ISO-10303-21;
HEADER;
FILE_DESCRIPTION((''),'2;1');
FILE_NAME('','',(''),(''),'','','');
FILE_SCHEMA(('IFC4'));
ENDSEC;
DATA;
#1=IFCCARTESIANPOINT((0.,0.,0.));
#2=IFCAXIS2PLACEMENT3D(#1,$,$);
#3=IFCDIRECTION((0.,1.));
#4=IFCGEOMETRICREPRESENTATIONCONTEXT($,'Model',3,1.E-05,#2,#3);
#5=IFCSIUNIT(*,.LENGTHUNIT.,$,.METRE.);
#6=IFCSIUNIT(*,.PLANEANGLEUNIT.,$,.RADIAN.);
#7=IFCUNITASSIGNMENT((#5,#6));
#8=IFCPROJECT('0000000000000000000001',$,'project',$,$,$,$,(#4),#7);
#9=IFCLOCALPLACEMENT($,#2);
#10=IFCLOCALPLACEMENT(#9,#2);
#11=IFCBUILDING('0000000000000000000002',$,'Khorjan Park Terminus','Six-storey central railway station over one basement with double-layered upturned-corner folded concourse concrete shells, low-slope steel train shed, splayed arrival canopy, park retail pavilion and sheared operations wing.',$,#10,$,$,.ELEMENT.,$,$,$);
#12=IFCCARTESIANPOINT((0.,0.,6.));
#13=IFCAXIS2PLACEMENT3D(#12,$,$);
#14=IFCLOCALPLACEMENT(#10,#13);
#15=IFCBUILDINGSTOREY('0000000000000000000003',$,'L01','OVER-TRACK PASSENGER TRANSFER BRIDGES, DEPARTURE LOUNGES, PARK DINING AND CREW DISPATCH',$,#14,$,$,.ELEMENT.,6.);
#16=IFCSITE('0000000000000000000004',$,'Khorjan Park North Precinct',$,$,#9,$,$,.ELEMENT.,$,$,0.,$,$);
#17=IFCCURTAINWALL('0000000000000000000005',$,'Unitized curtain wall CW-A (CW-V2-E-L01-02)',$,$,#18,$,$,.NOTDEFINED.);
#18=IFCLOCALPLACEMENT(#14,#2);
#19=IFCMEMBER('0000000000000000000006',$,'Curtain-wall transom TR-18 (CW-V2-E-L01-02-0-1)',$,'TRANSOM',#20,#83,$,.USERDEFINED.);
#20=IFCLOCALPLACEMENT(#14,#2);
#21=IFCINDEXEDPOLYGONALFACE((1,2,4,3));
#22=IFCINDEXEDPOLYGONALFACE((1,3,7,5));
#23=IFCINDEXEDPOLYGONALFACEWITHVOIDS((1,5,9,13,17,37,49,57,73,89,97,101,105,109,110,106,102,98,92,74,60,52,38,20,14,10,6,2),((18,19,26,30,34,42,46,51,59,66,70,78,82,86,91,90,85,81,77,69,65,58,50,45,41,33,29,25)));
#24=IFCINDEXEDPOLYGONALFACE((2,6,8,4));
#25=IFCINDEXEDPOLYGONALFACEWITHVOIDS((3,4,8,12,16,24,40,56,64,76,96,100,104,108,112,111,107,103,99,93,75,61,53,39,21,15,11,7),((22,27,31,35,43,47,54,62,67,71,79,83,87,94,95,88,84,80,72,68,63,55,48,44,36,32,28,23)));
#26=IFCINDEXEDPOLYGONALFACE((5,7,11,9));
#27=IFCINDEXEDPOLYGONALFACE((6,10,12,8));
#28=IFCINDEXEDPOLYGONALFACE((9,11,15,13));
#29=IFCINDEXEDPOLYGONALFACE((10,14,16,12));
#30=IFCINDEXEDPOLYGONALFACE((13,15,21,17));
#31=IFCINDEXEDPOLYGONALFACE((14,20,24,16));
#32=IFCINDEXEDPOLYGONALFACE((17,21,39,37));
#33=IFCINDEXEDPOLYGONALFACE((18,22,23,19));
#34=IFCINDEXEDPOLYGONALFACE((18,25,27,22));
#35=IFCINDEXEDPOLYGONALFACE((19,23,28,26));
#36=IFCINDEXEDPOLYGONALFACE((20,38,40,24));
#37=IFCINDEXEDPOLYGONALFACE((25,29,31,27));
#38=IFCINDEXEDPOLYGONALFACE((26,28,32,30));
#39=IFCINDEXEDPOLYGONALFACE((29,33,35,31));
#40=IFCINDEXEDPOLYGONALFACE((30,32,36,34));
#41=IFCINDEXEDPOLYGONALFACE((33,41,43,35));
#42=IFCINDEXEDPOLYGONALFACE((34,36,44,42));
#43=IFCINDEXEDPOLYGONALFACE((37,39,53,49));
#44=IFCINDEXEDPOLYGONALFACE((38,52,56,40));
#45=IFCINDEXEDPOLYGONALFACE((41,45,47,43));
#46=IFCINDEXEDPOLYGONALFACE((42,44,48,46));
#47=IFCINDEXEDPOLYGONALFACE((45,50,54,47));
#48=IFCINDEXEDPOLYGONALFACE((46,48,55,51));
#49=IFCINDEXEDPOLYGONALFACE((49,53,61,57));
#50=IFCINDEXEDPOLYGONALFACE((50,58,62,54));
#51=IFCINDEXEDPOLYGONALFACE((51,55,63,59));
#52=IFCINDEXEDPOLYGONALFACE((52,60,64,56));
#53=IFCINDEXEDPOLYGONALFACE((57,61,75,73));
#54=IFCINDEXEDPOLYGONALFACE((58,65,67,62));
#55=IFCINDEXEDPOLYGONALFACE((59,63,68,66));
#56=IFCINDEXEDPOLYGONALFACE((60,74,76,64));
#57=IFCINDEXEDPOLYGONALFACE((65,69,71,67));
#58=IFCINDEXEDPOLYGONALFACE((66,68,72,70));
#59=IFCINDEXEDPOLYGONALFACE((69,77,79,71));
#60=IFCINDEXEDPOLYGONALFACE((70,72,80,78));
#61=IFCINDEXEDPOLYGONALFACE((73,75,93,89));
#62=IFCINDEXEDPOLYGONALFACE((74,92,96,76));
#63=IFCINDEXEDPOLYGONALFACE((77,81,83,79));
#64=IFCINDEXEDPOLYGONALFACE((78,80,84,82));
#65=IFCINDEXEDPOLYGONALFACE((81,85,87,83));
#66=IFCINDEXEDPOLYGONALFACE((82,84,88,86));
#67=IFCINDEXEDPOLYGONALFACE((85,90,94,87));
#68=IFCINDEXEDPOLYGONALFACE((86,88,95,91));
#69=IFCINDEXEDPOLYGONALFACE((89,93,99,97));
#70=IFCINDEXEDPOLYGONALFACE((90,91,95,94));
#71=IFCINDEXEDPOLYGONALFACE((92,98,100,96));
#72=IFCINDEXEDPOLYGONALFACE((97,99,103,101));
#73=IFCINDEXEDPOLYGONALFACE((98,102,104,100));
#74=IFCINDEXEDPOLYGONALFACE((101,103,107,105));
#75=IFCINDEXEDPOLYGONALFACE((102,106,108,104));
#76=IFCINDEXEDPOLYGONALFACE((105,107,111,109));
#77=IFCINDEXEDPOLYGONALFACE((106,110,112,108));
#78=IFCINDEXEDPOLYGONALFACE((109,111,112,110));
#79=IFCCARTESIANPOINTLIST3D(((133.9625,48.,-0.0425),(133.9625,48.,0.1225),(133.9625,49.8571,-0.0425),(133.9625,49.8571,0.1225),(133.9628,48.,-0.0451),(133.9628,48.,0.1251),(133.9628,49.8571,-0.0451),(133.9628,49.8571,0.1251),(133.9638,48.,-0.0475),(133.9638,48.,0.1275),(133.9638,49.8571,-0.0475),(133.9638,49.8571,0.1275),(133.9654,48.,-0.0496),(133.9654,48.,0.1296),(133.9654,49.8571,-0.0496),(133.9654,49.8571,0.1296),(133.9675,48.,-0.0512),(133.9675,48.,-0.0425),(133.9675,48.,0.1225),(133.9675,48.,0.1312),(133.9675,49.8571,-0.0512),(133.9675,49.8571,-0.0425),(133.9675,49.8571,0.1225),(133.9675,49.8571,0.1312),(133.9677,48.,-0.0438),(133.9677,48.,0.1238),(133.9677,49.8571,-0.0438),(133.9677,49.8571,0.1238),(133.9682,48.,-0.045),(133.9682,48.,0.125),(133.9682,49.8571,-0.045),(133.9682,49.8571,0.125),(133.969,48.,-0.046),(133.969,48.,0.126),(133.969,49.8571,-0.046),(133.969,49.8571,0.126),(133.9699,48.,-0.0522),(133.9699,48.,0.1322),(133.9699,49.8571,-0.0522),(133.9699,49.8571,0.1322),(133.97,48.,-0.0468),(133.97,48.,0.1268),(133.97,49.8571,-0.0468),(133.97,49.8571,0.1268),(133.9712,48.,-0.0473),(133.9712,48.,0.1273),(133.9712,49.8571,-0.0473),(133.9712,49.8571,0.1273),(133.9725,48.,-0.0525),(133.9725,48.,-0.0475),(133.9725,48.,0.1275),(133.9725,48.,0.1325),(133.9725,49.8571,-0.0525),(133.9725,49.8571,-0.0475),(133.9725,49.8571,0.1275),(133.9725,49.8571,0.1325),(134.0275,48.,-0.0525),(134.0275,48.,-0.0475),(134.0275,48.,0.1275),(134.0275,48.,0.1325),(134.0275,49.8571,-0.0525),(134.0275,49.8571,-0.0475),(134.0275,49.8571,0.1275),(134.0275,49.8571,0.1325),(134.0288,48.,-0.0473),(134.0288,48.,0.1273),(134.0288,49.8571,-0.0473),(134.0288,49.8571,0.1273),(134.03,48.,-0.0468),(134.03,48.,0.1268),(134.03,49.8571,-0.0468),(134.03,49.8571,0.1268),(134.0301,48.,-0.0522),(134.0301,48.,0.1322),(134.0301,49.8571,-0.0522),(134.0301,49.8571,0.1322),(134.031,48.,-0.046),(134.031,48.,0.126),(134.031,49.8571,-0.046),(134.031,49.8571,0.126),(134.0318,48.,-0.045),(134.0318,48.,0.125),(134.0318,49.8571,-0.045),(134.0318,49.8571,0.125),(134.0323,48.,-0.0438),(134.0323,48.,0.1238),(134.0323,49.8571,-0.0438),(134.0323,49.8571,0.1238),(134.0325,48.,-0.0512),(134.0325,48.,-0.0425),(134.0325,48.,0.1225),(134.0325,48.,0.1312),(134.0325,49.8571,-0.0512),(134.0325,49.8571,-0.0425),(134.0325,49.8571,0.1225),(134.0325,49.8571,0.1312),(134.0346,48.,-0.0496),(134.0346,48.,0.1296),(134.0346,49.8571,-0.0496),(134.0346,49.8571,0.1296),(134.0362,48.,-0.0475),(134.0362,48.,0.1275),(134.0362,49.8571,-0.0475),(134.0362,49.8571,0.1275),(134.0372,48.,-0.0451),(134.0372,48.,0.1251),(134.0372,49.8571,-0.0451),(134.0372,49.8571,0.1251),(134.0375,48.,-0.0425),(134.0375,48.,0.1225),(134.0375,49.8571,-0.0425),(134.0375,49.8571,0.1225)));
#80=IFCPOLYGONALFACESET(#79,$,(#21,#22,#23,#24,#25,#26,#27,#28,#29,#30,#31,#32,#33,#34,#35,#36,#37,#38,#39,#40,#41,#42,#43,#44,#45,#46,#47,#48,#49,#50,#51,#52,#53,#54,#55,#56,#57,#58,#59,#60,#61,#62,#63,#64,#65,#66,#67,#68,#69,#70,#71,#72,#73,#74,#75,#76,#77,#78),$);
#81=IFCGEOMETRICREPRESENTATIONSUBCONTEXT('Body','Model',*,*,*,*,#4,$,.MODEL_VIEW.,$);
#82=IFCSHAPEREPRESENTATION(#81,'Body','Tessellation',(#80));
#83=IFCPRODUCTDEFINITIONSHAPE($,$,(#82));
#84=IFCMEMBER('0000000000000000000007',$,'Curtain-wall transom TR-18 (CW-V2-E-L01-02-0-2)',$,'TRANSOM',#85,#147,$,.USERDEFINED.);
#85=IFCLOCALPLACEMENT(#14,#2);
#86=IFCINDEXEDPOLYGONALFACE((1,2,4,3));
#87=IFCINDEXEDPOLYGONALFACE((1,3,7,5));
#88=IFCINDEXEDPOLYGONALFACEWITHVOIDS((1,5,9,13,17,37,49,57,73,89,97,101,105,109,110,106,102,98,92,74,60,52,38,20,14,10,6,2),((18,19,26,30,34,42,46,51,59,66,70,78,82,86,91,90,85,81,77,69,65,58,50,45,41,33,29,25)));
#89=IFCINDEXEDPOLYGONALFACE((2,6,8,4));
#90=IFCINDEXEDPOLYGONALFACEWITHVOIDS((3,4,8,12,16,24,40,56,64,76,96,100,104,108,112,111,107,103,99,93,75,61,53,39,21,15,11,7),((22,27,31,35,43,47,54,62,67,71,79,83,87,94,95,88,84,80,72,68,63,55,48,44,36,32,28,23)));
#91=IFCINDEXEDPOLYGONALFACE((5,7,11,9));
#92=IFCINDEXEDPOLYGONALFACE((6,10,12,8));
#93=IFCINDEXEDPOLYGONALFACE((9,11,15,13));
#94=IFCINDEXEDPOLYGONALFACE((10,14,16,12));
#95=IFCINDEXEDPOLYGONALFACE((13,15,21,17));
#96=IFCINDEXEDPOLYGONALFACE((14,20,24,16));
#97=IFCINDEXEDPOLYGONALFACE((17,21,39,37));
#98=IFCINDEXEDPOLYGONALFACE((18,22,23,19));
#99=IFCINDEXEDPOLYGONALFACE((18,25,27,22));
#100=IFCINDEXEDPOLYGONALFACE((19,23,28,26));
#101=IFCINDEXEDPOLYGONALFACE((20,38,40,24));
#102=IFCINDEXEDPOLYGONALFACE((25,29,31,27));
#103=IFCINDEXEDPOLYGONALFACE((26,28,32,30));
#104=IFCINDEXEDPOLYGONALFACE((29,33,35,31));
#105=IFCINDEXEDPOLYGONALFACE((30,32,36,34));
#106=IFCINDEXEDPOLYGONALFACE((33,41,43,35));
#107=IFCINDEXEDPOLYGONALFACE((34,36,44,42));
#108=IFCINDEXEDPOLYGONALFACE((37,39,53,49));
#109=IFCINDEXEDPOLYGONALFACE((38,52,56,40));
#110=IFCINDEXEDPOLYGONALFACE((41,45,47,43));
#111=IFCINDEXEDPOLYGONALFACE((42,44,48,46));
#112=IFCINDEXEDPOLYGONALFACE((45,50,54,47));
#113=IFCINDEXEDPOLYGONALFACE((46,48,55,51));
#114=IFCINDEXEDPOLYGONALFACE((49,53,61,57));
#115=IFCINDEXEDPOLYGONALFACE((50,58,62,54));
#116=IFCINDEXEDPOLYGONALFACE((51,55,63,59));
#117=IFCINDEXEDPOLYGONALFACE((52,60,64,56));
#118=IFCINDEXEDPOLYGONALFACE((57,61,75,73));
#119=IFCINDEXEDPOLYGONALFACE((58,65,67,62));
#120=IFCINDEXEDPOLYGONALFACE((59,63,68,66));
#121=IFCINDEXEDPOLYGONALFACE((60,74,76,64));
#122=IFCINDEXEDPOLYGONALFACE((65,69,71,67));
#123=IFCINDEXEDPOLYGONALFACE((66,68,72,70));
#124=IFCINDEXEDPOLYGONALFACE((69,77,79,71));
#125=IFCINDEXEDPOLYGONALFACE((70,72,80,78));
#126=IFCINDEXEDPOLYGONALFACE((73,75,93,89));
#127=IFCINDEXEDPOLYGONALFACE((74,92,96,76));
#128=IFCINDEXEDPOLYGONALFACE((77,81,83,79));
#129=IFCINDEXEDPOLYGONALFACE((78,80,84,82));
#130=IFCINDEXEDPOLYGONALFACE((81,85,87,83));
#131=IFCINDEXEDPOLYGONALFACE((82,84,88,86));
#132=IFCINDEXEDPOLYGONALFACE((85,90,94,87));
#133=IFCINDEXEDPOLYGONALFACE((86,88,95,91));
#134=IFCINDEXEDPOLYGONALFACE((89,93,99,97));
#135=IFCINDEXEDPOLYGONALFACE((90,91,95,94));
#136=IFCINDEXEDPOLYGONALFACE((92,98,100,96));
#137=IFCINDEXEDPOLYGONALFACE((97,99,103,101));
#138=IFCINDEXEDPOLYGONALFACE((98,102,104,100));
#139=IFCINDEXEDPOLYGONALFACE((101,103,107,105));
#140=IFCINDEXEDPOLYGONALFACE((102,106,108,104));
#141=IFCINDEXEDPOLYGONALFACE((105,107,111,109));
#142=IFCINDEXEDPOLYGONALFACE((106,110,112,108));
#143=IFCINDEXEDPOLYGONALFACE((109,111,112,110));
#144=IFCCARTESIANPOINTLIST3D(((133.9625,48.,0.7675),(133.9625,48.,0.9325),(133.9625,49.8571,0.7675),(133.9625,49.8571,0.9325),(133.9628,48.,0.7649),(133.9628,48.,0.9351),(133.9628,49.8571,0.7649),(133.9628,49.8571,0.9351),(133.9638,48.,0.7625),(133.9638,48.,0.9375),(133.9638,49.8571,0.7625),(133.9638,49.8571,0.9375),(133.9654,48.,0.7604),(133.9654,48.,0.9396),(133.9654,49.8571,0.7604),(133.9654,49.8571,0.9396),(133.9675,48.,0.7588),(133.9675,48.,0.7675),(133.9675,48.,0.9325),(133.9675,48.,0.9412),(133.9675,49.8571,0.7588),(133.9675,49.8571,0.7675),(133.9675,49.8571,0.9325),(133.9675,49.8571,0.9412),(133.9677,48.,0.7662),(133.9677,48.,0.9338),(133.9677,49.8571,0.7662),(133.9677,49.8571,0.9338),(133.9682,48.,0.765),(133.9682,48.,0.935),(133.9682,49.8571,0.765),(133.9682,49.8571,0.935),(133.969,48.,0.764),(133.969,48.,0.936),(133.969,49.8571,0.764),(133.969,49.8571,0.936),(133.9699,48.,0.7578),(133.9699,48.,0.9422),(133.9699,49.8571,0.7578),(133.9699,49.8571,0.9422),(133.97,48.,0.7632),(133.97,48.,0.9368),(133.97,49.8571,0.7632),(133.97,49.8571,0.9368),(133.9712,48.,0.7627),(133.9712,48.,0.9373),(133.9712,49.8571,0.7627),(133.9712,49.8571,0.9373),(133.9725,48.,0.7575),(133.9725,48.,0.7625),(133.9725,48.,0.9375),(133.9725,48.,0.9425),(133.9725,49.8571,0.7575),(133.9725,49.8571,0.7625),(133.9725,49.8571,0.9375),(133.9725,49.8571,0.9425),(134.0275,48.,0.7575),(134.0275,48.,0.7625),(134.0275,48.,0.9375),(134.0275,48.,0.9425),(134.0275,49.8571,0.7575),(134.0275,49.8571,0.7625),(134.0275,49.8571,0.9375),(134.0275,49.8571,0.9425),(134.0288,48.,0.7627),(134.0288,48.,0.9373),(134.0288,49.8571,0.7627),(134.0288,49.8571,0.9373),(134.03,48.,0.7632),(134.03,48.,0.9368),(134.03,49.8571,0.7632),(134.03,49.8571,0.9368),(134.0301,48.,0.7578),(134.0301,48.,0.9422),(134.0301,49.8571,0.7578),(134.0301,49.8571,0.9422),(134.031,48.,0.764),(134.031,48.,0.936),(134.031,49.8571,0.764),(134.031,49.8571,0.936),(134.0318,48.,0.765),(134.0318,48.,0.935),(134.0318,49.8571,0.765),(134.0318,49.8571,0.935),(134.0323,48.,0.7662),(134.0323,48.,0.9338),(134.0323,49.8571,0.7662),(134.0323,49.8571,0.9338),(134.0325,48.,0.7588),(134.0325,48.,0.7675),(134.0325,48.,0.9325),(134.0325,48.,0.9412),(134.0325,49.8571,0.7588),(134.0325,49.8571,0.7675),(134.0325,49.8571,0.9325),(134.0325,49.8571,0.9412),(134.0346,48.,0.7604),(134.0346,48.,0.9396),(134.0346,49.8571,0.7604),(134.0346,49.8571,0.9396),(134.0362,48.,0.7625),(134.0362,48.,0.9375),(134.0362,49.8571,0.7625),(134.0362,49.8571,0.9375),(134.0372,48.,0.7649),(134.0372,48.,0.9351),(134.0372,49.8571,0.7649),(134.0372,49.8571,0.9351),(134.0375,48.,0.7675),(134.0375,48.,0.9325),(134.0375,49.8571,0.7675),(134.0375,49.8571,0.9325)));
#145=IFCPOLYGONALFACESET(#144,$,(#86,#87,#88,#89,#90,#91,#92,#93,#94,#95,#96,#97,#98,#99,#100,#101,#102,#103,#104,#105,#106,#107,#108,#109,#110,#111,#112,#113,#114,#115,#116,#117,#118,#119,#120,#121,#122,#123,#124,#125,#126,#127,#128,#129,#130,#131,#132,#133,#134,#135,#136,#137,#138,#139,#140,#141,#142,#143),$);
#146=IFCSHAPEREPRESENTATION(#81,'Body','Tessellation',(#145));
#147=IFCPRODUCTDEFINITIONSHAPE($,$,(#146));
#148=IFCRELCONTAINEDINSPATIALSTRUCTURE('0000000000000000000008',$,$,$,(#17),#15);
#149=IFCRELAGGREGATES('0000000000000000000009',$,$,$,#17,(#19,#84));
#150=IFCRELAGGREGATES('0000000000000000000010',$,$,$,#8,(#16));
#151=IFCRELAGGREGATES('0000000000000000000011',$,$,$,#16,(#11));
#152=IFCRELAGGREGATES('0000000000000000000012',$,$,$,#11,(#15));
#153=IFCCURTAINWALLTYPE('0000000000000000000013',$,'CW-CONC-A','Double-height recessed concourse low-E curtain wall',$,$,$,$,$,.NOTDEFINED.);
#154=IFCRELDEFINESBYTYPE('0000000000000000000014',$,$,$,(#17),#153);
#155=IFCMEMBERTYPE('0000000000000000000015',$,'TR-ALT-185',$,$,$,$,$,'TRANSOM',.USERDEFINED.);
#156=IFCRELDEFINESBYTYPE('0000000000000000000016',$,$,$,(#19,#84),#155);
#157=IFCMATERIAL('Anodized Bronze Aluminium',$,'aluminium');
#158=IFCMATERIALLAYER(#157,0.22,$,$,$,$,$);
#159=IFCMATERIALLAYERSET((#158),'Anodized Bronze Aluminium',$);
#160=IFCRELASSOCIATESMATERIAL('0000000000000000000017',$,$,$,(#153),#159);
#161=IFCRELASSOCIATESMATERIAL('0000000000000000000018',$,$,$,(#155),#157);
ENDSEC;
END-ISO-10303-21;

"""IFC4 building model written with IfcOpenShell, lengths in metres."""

from ifc_helpers import new_model, si_unit, direction, frame, origin, origin_2d, place, context, subcontext, project, spatial, hollow_rectangle, extrude, material, layer, layer_set, material_profile, profile_set, type_object, element, aggregate, save


model = new_model("IFC4")

# Units and contexts
model_context = context("Model", 3, precision=1e-05, world=origin(), true_north=direction((0.0, 1.0)))
body_context = subcontext(model_context, "Body", "Model", "MODEL_VIEW")
ifc_project = project(units=[si_unit("LENGTHUNIT", "METRE"), si_unit("PLANEANGLEUNIT", "RADIAN")], contexts=[model_context])

# Site, building, storey
site_placement = place(None, origin())
site = spatial("IfcSite", under=ifc_project, at=site_placement, Name="Khorjan Park North Precinct", CompositionType="ELEMENT", RefElevation=0.0)
building_placement = place(site_placement, origin())
building = spatial("IfcBuilding", under=site, at=building_placement, Name="Khorjan Park Terminus", Description="Six-storey central railway station over one basement with double-layered upturned-corner folded concourse concrete shells, low-slope steel train shed, splayed arrival canopy, park retail pavilion and sheared operations wing.", CompositionType="ELEMENT")
storey_placement = place(building_placement, frame((0.0, 0.0, 6.0)))
storey = spatial("IfcBuildingStorey", under=building, at=storey_placement, Name="L01", Description="OVER-TRACK PASSENGER TRANSFER BRIDGES, DEPARTURE LOUNGES, PARK DINING AND CREW DISPATCH", CompositionType="ELEMENT", Elevation=6.0)

# Curtain wall
ifc_material_1 = material(Name="Anodized Bronze Aluminium", Category="aluminium")
ifc_layer_1 = layer(ifc_material_1, 0.22)
ifc_layer_set_1 = layer_set([ifc_layer_1], Name="Anodized Bronze Aluminium")
curtain_wall_type_1 = type_object("IfcCurtainWallType", Name="CW-CONC-A", Description="Double-height recessed concourse low-E curtain wall", PredefinedType="NOTDEFINED", material=ifc_layer_set_1)
curtain_wall_1_placement = place(storey_placement, origin())
curtain_wall_1 = element("IfcCurtainWall", 1, at=curtain_wall_1_placement, inside=storey, type_object=curtain_wall_type_1, Name="Unitized curtain wall CW-A (CW-V2-E-L01-02)", PredefinedType="NOTDEFINED")

# Members
ifc_material_profile_1 = material_profile(ifc_material_1, hollow_rectangle(XDim=0.075, YDim=0.185, WallThickness=0.005, InnerFilletRadius=0.005, OuterFilletRadius=0.01, at=origin_2d()), Name="ALT 75x185x5")
ifc_profile_set_1 = profile_set([ifc_material_profile_1], Name="Anodized Bronze Aluminium")
member_type_1 = type_object("IfcMemberType", Name="TR-ALT-185", ElementType="TRANSOM", PredefinedType="USERDEFINED", material=ifc_profile_set_1)
member_1_placement = place(storey_placement, frame((134.0, 48.0, 0.04), z_axis=(0.0, 1.0, 0.0), x_axis=(-1.0, 0.0, 0.0)))
member_1 = element("IfcMember", 2, at=member_1_placement, type_object=member_type_1, Name="Curtain-wall transom TR-18 (CW-V2-E-L01-02-0-1)", ObjectType="TRANSOM", PredefinedType="USERDEFINED", context=body_context, shape_type="SweptSolid", body=[
    extrude(hollow_rectangle(XDim=0.075, YDim=0.185, WallThickness=0.005, InnerFilletRadius=0.005, OuterFilletRadius=0.01, at=origin_2d()), origin(), (0.0, 0.0, 1.0), 1.8571),
])
member_2_placement = place(storey_placement, frame((134.0, 48.0, 0.85), z_axis=(0.0, 1.0, 0.0), x_axis=(-1.0, 0.0, 0.0)))
member_2 = element("IfcMember", 3, at=member_2_placement, type_object=member_type_1, Name="Curtain-wall transom TR-18 (CW-V2-E-L01-02-0-2)", ObjectType="TRANSOM", PredefinedType="USERDEFINED", context=body_context, shape_type="SweptSolid", body=[
    extrude(hollow_rectangle(XDim=0.075, YDim=0.185, WallThickness=0.005, InnerFilletRadius=0.005, OuterFilletRadius=0.01, at=origin_2d()), origin(), (0.0, 0.0, 1.0), 1.8571),
])
aggregate(curtain_wall_1, [member_1, member_2])

save(model, "model.ifc")
